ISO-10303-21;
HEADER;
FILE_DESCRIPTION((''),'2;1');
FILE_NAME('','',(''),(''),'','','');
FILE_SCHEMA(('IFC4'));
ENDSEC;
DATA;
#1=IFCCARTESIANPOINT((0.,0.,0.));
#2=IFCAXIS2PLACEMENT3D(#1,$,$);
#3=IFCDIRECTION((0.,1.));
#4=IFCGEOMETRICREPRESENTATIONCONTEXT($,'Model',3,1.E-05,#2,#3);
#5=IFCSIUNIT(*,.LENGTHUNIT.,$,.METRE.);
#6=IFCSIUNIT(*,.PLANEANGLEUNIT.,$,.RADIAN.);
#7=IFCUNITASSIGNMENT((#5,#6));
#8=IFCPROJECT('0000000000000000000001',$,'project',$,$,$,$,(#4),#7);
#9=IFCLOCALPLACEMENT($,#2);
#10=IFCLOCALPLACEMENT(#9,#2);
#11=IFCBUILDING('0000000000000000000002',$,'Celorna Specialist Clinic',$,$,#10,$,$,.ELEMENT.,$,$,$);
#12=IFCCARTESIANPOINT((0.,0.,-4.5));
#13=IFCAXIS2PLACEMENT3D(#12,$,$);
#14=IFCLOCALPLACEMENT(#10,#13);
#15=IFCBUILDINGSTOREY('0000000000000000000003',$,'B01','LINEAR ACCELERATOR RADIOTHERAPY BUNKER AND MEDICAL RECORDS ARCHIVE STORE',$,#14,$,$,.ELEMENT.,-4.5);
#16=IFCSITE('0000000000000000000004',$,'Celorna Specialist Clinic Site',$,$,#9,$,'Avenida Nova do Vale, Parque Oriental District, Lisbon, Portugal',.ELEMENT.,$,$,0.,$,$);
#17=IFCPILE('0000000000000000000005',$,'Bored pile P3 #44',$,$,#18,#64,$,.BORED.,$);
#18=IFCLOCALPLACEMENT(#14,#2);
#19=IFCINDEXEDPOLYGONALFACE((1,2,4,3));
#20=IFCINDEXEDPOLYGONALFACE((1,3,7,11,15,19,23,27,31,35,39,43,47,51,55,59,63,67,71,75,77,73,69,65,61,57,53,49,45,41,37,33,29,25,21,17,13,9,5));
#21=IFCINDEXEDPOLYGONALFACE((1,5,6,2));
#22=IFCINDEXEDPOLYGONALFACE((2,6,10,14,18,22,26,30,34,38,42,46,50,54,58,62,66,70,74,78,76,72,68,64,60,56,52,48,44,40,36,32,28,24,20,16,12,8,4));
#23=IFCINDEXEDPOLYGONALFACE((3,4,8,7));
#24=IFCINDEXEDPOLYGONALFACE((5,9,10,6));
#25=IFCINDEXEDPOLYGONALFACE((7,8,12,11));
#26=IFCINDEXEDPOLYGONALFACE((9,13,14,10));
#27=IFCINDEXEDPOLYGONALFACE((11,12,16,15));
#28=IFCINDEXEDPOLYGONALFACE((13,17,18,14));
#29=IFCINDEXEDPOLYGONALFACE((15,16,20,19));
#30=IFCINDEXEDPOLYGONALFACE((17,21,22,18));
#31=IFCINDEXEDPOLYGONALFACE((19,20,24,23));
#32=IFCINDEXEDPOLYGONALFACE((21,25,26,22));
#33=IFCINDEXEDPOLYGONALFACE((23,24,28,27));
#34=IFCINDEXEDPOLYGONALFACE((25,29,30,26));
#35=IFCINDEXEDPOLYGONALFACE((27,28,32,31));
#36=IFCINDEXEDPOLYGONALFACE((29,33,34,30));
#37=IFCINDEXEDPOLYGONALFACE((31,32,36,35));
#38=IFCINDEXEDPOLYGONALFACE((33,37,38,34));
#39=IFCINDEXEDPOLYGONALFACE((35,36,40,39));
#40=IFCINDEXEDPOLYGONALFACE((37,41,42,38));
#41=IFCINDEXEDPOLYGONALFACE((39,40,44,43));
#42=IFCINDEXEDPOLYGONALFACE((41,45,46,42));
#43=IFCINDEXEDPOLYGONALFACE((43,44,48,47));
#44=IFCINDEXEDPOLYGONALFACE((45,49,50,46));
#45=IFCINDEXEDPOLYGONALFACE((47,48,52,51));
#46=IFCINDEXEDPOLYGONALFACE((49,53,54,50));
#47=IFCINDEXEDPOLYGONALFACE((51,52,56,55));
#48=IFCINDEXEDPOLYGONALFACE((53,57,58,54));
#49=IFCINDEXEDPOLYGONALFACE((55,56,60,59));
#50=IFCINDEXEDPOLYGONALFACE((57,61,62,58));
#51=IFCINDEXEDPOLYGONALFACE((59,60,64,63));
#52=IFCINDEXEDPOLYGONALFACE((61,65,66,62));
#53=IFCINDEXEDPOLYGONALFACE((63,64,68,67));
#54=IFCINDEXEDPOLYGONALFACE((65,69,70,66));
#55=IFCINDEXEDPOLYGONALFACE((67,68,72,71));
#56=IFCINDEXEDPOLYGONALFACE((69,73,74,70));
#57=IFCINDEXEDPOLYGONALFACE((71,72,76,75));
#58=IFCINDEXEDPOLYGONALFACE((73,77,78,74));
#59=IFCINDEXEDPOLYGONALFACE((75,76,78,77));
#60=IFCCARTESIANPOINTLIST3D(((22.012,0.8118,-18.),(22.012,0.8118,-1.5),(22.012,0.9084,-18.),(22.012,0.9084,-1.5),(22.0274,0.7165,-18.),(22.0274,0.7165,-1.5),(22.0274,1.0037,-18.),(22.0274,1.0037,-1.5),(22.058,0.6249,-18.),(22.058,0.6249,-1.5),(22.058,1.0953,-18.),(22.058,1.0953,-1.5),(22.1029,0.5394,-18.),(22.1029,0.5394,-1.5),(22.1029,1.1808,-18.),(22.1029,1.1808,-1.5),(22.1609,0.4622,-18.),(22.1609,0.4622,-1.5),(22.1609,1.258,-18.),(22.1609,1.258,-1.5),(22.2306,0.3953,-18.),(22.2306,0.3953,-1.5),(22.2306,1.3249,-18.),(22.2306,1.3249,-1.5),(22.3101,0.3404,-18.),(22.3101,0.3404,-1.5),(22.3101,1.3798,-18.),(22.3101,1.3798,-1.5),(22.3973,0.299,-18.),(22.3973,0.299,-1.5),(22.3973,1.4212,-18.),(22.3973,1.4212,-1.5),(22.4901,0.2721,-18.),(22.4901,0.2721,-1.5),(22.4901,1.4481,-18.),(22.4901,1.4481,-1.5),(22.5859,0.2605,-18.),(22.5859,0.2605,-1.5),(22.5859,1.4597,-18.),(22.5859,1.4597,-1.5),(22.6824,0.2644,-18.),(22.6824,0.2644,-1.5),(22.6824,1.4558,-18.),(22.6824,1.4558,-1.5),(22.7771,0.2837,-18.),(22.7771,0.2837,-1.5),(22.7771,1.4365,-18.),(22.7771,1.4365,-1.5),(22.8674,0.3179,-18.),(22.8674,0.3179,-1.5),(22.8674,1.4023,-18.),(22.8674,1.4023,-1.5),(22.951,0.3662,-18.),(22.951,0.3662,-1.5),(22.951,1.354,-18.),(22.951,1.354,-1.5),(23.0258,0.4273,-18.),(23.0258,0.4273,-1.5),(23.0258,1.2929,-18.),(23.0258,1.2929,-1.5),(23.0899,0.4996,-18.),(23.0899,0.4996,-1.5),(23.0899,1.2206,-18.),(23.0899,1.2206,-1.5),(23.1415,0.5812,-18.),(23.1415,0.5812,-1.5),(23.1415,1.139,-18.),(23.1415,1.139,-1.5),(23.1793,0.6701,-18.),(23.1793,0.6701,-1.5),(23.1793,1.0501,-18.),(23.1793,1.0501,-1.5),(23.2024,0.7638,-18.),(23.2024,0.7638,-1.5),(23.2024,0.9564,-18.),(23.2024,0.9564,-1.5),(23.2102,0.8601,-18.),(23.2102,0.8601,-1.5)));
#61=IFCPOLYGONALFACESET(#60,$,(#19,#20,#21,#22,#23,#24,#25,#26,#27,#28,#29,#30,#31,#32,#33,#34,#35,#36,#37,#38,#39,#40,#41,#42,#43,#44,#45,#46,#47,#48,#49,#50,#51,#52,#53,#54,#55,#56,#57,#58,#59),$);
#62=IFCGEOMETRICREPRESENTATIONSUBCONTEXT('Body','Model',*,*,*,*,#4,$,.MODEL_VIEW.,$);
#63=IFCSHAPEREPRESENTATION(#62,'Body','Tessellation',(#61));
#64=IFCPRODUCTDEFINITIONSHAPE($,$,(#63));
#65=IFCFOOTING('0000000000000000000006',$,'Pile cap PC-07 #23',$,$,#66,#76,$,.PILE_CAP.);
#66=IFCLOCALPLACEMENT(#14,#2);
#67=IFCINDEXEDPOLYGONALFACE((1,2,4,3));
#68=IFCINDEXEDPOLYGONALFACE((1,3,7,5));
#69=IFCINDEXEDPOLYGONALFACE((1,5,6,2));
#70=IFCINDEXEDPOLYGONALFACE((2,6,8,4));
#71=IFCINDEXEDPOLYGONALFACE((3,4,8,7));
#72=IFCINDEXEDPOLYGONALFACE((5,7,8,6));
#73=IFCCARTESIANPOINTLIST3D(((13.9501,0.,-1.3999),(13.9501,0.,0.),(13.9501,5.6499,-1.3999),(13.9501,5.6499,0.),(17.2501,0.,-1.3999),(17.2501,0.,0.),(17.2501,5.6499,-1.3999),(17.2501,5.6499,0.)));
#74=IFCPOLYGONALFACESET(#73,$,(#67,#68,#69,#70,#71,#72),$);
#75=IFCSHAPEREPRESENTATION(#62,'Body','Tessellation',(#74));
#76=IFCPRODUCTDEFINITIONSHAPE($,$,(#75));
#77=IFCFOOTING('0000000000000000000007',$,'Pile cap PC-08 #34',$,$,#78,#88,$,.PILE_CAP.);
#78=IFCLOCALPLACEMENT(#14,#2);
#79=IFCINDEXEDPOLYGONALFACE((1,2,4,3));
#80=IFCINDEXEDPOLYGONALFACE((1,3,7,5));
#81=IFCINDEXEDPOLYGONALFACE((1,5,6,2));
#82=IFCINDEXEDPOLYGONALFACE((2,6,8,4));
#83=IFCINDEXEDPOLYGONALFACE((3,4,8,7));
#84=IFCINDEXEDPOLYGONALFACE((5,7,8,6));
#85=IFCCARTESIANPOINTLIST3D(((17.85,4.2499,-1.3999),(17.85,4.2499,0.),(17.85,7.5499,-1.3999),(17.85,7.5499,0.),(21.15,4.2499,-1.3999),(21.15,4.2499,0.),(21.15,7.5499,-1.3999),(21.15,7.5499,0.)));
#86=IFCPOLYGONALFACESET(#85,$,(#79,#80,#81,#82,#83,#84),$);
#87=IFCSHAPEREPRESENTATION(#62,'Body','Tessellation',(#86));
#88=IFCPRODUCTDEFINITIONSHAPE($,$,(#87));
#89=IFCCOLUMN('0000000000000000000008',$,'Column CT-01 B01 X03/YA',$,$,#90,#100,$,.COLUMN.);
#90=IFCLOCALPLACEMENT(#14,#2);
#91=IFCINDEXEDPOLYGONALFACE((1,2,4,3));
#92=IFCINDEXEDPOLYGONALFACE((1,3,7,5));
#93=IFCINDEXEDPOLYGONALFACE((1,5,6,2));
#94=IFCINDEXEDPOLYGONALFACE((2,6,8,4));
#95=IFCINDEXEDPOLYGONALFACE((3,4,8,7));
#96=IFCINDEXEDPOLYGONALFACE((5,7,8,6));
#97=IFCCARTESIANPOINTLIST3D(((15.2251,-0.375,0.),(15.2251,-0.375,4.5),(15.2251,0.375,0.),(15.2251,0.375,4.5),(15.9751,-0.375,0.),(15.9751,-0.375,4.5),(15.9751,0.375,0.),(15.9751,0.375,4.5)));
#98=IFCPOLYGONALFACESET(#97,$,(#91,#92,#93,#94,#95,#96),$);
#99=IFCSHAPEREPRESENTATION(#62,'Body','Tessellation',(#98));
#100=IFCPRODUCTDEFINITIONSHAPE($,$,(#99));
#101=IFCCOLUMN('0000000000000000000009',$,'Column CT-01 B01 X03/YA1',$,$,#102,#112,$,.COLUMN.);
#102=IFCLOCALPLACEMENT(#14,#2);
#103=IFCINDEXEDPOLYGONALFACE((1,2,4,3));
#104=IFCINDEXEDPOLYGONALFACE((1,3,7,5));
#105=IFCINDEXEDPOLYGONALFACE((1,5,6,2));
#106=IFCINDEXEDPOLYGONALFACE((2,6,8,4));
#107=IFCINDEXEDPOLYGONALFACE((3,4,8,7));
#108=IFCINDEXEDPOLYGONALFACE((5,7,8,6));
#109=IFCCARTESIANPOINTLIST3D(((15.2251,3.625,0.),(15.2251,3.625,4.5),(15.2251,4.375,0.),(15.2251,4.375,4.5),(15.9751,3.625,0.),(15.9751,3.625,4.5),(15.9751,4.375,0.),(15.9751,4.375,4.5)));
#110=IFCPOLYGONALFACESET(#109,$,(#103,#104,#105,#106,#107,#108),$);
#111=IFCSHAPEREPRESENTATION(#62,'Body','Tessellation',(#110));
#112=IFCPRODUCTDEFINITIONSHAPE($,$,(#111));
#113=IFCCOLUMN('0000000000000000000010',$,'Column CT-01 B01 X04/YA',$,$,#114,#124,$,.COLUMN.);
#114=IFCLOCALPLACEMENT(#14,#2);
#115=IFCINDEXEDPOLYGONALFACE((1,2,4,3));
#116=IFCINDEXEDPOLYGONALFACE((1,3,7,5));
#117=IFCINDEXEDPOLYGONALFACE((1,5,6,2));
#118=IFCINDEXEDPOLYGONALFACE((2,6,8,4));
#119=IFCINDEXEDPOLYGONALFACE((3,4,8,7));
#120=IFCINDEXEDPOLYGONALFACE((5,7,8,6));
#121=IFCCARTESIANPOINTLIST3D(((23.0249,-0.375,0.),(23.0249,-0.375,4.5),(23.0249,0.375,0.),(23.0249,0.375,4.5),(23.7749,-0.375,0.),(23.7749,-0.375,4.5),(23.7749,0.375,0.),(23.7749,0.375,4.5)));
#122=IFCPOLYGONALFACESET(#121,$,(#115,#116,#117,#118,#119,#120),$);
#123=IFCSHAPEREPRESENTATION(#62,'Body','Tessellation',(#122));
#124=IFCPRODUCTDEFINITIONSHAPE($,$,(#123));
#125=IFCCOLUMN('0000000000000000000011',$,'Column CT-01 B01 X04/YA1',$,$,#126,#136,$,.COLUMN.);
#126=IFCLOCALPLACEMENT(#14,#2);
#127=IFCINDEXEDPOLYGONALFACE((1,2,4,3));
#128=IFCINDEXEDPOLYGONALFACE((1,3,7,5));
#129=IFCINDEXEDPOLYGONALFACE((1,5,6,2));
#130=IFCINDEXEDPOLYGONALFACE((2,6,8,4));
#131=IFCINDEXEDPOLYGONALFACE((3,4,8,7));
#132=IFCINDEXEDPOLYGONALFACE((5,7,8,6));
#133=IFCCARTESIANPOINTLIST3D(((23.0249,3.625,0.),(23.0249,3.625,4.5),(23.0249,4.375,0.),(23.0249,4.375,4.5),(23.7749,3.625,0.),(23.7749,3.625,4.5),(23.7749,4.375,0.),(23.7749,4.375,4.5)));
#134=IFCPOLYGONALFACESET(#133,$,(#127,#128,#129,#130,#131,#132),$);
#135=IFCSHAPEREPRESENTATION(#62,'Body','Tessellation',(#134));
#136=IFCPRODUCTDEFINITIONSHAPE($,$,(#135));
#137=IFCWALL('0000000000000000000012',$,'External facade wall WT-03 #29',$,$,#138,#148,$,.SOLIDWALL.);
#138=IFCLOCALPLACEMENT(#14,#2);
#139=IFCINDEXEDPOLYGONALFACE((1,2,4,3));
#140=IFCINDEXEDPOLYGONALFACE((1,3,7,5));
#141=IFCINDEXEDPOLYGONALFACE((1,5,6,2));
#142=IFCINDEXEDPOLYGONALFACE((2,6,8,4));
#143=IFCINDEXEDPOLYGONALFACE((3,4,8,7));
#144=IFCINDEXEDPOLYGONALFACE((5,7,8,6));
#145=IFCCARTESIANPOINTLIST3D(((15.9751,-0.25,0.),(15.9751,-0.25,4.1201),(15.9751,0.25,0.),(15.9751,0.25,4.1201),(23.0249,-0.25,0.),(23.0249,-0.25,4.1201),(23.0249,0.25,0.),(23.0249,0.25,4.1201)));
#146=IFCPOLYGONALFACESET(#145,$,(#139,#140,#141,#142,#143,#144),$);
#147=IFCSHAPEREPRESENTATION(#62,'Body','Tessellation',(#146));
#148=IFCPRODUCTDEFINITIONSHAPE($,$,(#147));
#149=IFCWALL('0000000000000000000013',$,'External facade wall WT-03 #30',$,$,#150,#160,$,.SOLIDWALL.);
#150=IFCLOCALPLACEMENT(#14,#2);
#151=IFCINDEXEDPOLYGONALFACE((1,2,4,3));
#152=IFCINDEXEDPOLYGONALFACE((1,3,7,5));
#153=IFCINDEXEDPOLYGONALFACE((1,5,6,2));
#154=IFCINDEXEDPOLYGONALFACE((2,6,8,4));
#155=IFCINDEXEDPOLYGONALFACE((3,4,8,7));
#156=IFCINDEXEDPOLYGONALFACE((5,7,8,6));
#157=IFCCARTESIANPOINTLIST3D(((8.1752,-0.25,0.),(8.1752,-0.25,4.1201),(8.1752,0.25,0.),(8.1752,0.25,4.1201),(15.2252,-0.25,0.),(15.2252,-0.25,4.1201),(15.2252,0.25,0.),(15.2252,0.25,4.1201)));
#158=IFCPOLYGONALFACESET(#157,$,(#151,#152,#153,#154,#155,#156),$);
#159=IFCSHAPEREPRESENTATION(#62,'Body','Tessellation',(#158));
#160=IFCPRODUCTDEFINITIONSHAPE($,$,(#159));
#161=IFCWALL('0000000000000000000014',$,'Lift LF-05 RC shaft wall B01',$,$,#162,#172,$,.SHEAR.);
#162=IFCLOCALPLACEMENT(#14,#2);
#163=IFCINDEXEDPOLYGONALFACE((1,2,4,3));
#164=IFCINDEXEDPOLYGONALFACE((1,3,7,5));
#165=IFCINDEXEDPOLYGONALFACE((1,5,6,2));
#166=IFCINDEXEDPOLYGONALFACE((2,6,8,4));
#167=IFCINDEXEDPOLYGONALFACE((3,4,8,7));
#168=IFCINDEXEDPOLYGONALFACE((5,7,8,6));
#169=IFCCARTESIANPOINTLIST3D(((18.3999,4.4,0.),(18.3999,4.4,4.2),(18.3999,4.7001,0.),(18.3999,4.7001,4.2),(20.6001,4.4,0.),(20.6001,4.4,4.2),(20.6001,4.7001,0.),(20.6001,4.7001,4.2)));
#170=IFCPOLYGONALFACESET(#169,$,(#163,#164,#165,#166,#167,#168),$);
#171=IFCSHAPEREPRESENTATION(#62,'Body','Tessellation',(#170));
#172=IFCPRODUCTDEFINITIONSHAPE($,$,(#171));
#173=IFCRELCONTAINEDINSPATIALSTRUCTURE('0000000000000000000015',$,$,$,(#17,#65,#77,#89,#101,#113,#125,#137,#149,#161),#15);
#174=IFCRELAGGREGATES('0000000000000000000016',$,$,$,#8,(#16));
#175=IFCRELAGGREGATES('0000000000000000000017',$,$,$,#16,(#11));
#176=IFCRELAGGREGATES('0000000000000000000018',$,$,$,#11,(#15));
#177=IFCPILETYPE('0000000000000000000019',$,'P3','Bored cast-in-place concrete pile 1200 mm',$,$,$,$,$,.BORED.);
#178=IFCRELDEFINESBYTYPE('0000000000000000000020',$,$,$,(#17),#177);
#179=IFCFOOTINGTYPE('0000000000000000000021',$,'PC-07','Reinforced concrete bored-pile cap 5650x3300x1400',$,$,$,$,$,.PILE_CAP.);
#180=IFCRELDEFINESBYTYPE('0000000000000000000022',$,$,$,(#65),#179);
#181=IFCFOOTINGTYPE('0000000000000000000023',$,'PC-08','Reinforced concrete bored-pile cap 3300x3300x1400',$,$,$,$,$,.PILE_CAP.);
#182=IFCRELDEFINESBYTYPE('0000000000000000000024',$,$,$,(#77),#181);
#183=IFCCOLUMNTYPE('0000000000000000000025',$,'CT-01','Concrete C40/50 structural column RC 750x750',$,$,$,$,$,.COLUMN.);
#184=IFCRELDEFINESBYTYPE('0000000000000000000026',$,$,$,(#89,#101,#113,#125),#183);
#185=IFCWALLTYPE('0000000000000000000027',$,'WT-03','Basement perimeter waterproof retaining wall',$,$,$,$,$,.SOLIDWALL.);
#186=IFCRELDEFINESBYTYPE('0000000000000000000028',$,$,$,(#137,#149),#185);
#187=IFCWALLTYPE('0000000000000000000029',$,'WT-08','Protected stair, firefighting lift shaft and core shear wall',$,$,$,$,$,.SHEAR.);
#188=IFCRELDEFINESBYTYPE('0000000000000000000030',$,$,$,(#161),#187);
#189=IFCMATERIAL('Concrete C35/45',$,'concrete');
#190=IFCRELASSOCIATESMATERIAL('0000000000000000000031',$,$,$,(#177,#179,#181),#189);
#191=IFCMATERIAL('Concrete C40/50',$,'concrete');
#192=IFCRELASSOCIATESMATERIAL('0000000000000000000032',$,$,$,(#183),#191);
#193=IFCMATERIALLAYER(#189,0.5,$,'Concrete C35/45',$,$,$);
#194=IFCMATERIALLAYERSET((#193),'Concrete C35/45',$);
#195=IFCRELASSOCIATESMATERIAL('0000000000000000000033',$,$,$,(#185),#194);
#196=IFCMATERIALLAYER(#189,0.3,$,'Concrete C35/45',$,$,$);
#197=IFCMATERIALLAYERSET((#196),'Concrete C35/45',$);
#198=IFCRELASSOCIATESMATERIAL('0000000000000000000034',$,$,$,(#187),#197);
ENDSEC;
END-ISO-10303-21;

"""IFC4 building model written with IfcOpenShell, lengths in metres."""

from ifc_helpers import new_model, si_unit, direction, frame, frame_2d, origin, origin_2d, place, context, subcontext, project, spatial, rectangle, circle, extrude, material, layer, layer_set, material_profile, profile_set, type_object, element, save


model = new_model("IFC4")

# Units and contexts
model_context = context("Model", 3, precision=1e-05, world=origin(), true_north=direction((0.0, 1.0)))
body_context = subcontext(model_context, "Body", "Model", "MODEL_VIEW")
ifc_project = project(units=[si_unit("LENGTHUNIT", "METRE"), si_unit("PLANEANGLEUNIT", "RADIAN")], contexts=[model_context])

# Site, building, storey
site_placement = place(None, origin())
site = spatial("IfcSite", under=ifc_project, at=site_placement, Name="Celorna Specialist Clinic Site", LongName="Avenida Nova do Vale, Parque Oriental District, Lisbon, Portugal", CompositionType="ELEMENT", RefElevation=0.0)
building_placement = place(site_placement, origin())
building = spatial("IfcBuilding", under=site, at=building_placement, Name="Celorna Specialist Clinic", CompositionType="ELEMENT")
storey_placement = place(building_placement, frame((0.0, 0.0, -4.5)))
storey = spatial("IfcBuildingStorey", under=building, at=storey_placement, Name="B01", Description="LINEAR ACCELERATOR RADIOTHERAPY BUNKER AND MEDICAL RECORDS ARCHIVE STORE", CompositionType="ELEMENT", Elevation=-4.5)

# Shared definitions
ifc_material_1 = material(Name="Concrete C35/45", Category="concrete")

# Pile
ifc_material_profile_1 = material_profile(ifc_material_1, circle(Radius=0.6001, at=origin_2d()), Name="BORED PILE 1200")
ifc_profile_set_1 = profile_set([ifc_material_profile_1], Name="Concrete C35/45")
pile_type_1 = type_object("IfcPileType", Name="P3", Description="Bored cast-in-place concrete pile 1200 mm", PredefinedType="BORED", material=ifc_profile_set_1)
pile_1_placement = place(storey_placement, frame((22.6101, 0.8601, -1.5), z_axis=(0.0, 0.0, -1.0), x_axis=(1.0, 0.0, 0.0)))
element("IfcPile", 1, at=pile_1_placement, inside=storey, type_object=pile_type_1, Name="Bored pile P3 #44", PredefinedType="BORED", context=body_context, shape_type="SweptSolid", body=[
    extrude(circle(Radius=0.6001, at=origin_2d()), origin(), (0.0, 0.0, 1.0), 16.5),
])

# Footings
footing_type_1 = type_object("IfcFootingType", Name="PC-07", Description="Reinforced concrete bored-pile cap 5650x3300x1400", PredefinedType="PILE_CAP", material=ifc_material_1)
footing_1_placement = place(storey_placement, frame((15.6001, 2.825, -1.3999), z_axis=(0.0, 0.0, 1.0), x_axis=(1.0, 0.0, 0.0)))
element("IfcFooting", 2, at=footing_1_placement, inside=storey, type_object=footing_type_1, Name="Pile cap PC-07 #23", PredefinedType="PILE_CAP", context=body_context, shape_type="SweptSolid", body=[
    extrude(rectangle(XDim=3.3, YDim=5.6499, at=origin_2d()), origin(), (0.0, 0.0, 1.0), 1.3999),
])
footing_type_2 = type_object("IfcFootingType", Name="PC-08", Description="Reinforced concrete bored-pile cap 3300x3300x1400", PredefinedType="PILE_CAP", material=ifc_material_1)
footing_2_placement = place(storey_placement, frame((19.5, 5.8999, -1.3999), z_axis=(0.0, 0.0, 1.0), x_axis=(1.0, 0.0, 0.0)))
element("IfcFooting", 3, at=footing_2_placement, inside=storey, type_object=footing_type_2, Name="Pile cap PC-08 #34", PredefinedType="PILE_CAP", context=body_context, shape_type="SweptSolid", body=[
    extrude(rectangle(XDim=3.3, YDim=3.3, at=origin_2d()), origin(), (0.0, 0.0, 1.0), 1.3999),
])

# Columns
ifc_material_2 = material(Name="Concrete C40/50", Category="concrete")
ifc_material_profile_2 = material_profile(ifc_material_2, rectangle(XDim=0.75, YDim=0.75, at=origin_2d()), Name="RC 750x750")
ifc_profile_set_2 = profile_set([ifc_material_profile_2], Name="Concrete C40/50")
column_type = type_object("IfcColumnType", Name="CT-01", Description="Concrete C40/50 structural column RC 750x750", PredefinedType="COLUMN", material=ifc_profile_set_2)
for number, where, z_axis, x_axis, name in (
    (4, (15.6001, 0.0, 0.0), (0.0, 0.0, 1.0), (1.0, 0.0, 0.0), "Column CT-01 B01 X03/YA"),
    (5, (15.6001, 4.0, 0.0), (0.0, 0.0, 1.0), (1.0, 0.0, 0.0), "Column CT-01 B01 X03/YA1"),
    (6, (23.3999, 0.0, 0.0), (0.0, 0.0, 1.0), (1.0, 0.0, 0.0), "Column CT-01 B01 X04/YA"),
    (7, (23.3999, 4.0, 0.0), (0.0, 0.0, 1.0), (1.0, 0.0, 0.0), "Column CT-01 B01 X04/YA1"),
):
    element("IfcColumn", number, at=place(storey_placement, frame(where, z_axis=z_axis, x_axis=x_axis)), inside=storey, type_object=column_type, Name=name, PredefinedType="COLUMN", context=body_context, shape_type="SweptSolid", body=[
        extrude(rectangle(XDim=0.75, YDim=0.75, at=origin_2d()), origin(), (0.0, 0.0, 1.0), 4.5),
    ])

# Walls
ifc_layer_1 = layer(ifc_material_1, 0.5, Name="Concrete C35/45")
ifc_layer_set_1 = layer_set([ifc_layer_1], Name="Concrete C35/45")
wall_type_1 = type_object("IfcWallType", Name="WT-03", Description="Basement perimeter waterproof retaining wall", PredefinedType="SOLIDWALL", material=ifc_layer_set_1)
wall_1_placement = place(storey_placement, frame((23.0249, 0.0, 0.0), z_axis=(0.0, 0.0, 1.0), x_axis=(-1.0, 0.0, 0.0)))
element("IfcWall", 8, at=wall_1_placement, inside=storey, type_object=wall_type_1, Name="External facade wall WT-03 #29", PredefinedType="SOLIDWALL", context=body_context, shape_type="SweptSolid", body=[
    extrude(rectangle(XDim=7.0498, YDim=0.5, at=frame_2d((3.5249, 0.0))), origin(), (0.0, 0.0, 1.0), 4.1201),
])
wall_2_placement = place(storey_placement, frame((15.2251, 0.0, 0.0), z_axis=(0.0, 0.0, 1.0), x_axis=(-1.0, 0.0, 0.0)))
element("IfcWall", 9, at=wall_2_placement, inside=storey, type_object=wall_type_1, Name="External facade wall WT-03 #30", PredefinedType="SOLIDWALL", context=body_context, shape_type="SweptSolid", body=[
    extrude(rectangle(XDim=7.05, YDim=0.5, at=frame_2d((3.5249, 0.0))), origin(), (0.0, 0.0, 1.0), 4.1201),
])
ifc_layer_2 = layer(ifc_material_1, 0.3, Name="Concrete C35/45")
ifc_layer_set_2 = layer_set([ifc_layer_2], Name="Concrete C35/45")
wall_type_2 = type_object("IfcWallType", Name="WT-08", Description="Protected stair, firefighting lift shaft and core shear wall", PredefinedType="SHEAR", material=ifc_layer_set_2)
wall_3_placement = place(storey_placement, frame((18.3999, 4.55, 0.0), z_axis=(0.0, 0.0, 1.0), x_axis=(1.0, 0.0, 0.0)))
element("IfcWall", 10, at=wall_3_placement, inside=storey, type_object=wall_type_2, Name="Lift LF-05 RC shaft wall B01", PredefinedType="SHEAR", context=body_context, shape_type="SweptSolid", body=[
    extrude(rectangle(XDim=2.2002, YDim=0.3, at=frame_2d((1.1001, 0.0))), origin(), (0.0, 0.0, 1.0), 4.2),
])

save(model, "model.ifc")
